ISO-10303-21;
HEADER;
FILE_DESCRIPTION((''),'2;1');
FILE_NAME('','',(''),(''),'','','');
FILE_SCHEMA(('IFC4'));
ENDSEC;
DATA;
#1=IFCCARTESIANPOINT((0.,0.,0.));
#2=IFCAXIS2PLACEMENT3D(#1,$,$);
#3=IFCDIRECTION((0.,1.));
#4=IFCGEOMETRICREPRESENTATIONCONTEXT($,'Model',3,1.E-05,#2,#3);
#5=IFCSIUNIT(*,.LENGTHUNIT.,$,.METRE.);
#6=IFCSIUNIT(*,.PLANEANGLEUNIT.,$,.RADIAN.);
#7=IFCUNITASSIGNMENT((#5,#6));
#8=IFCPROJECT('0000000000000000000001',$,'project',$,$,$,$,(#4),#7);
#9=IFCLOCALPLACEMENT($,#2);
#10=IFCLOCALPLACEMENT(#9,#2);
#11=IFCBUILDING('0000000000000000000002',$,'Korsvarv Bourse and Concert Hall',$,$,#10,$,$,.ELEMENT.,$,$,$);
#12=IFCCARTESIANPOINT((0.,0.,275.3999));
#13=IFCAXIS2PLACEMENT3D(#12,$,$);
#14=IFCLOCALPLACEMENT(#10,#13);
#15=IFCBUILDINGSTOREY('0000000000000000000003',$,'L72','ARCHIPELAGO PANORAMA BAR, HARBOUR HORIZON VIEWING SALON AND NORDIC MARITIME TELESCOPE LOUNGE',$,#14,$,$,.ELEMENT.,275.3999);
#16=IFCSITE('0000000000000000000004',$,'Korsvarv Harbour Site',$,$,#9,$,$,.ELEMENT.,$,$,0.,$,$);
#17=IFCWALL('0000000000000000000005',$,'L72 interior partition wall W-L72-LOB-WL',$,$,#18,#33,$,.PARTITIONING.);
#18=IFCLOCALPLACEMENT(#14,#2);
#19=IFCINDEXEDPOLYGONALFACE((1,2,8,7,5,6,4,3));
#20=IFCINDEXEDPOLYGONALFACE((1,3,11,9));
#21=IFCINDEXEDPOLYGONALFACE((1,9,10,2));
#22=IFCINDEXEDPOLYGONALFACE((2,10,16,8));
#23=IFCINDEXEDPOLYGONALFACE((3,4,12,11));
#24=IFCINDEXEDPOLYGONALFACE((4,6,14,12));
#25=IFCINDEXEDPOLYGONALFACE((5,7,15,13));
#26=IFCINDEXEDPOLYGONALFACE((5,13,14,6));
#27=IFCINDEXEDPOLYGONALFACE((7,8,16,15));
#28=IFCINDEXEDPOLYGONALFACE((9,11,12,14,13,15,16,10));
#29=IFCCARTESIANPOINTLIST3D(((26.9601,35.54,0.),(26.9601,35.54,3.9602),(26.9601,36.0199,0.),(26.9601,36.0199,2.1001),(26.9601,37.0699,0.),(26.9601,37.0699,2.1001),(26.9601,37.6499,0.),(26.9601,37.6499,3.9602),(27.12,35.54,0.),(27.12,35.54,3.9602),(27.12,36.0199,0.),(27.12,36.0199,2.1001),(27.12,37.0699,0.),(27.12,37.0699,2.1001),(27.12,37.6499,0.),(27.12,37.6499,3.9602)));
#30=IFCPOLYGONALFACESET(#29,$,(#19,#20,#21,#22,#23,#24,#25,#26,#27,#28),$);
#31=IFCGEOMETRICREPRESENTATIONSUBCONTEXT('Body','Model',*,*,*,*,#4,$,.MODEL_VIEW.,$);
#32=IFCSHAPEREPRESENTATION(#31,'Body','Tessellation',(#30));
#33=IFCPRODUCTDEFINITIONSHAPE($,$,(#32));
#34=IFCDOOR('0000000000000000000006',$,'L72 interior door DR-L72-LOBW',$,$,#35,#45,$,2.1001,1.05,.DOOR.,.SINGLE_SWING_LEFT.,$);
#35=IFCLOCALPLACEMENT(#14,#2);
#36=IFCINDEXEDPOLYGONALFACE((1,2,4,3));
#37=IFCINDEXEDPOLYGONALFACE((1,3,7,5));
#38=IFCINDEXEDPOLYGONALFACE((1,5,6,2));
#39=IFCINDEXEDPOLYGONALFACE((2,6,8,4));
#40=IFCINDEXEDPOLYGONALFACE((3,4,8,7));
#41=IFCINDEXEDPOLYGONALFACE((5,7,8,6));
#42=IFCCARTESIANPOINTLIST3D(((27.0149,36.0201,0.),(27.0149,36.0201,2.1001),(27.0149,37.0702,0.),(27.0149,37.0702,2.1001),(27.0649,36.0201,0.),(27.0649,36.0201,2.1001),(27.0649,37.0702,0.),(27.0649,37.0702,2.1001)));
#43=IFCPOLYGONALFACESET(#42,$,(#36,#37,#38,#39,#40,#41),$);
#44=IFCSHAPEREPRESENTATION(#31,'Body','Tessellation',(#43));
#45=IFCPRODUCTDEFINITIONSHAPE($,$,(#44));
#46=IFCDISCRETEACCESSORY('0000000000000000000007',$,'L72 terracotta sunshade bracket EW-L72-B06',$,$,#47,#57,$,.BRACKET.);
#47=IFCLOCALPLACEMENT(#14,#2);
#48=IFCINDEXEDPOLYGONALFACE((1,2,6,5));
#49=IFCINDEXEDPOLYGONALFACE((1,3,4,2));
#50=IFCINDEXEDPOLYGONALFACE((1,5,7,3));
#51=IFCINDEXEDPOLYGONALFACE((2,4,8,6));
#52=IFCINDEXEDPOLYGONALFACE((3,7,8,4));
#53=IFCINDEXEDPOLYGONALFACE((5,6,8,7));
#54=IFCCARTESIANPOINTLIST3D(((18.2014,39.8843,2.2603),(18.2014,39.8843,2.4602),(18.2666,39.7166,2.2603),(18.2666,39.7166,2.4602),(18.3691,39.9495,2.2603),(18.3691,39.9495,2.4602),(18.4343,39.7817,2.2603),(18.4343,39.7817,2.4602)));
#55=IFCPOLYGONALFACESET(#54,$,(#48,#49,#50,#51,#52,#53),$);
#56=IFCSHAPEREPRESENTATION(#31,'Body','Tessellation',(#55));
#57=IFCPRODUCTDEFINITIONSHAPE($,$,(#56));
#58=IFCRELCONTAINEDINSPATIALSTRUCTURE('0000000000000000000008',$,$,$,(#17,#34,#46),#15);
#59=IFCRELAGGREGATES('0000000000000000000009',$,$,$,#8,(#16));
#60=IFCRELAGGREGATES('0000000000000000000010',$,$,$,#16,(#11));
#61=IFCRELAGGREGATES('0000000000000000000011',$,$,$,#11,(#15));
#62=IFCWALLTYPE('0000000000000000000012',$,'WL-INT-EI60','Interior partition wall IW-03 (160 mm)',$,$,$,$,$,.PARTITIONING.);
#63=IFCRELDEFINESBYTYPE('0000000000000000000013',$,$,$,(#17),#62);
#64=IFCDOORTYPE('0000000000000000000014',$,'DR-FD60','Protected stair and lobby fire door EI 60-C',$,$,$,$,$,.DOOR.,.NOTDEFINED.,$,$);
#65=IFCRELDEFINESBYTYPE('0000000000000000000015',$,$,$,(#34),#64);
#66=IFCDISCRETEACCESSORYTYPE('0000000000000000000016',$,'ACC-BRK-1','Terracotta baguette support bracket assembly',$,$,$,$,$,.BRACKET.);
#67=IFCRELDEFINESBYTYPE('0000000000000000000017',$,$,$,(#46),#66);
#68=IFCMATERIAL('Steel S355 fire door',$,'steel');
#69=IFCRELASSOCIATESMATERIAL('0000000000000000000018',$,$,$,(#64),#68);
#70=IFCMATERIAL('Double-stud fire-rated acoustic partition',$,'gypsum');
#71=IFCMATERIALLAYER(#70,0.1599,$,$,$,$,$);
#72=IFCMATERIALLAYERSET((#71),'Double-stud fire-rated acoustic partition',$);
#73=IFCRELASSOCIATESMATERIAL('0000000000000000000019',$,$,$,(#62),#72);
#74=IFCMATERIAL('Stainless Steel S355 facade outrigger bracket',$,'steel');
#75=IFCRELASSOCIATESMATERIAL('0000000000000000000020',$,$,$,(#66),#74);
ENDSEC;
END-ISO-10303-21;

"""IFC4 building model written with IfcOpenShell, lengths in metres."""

from ifc_helpers import new_model, si_unit, direction, frame, frame_2d, origin, origin_2d, place, context, subcontext, project, spatial, rectangle, extrude, source, transform, mapped, material, layer, layer_set, type_object, element, fill, save


model = new_model("IFC4")

# Units and contexts
model_context = context("Model", 3, precision=1e-05, world=origin(), true_north=direction((0.0, 1.0)))
body_context = subcontext(model_context, "Body", "Model", "MODEL_VIEW")
ifc_project = project(units=[si_unit("LENGTHUNIT", "METRE"), si_unit("PLANEANGLEUNIT", "RADIAN")], contexts=[model_context])

# Site, building, storey
site_placement = place(None, origin())
site = spatial("IfcSite", under=ifc_project, at=site_placement, Name="Korsvarv Harbour Site", CompositionType="ELEMENT", RefElevation=0.0)
building_placement = place(site_placement, origin())
building = spatial("IfcBuilding", under=site, at=building_placement, Name="Korsvarv Bourse and Concert Hall", CompositionType="ELEMENT")
storey_placement = place(building_placement, frame((0.0, 0.0, 275.3999)))
storey = spatial("IfcBuildingStorey", under=building, at=storey_placement, Name="L72", Description="ARCHIPELAGO PANORAMA BAR, HARBOUR HORIZON VIEWING SALON AND NORDIC MARITIME TELESCOPE LOUNGE", CompositionType="ELEMENT", Elevation=275.3999)

# Shared definitions
ifc_material_1 = material(Name="Steel S355 fire door", Category="steel")
door_type_1 = type_object("IfcDoorType", Name="DR-FD60", Description="Protected stair and lobby fire door EI 60-C", OperationType="NOTDEFINED", PredefinedType="DOOR", material=ifc_material_1)

# Shared definitions
ifc_material_2 = material(Name="Double-stud fire-rated acoustic partition", Category="gypsum")
ifc_layer_1 = layer(ifc_material_2, 0.1599)
ifc_layer_set_1 = layer_set([ifc_layer_1], Name="Double-stud fire-rated acoustic partition")
wall_type_1 = type_object("IfcWallType", Name="WL-INT-EI60", Description="Interior partition wall IW-03 (160 mm)", PredefinedType="PARTITIONING", material=ifc_layer_set_1)

# Wall, opening, door
wall_1_placement = place(storey_placement, frame((27.04, 35.54, 0.0), z_axis=(0.0, 0.0, 1.0), x_axis=(0.0, 1.0, 0.0)))
wall_1 = element("IfcWall", 1, at=wall_1_placement, inside=storey, type_object=wall_type_1, Name="L72 interior partition wall W-L72-LOB-WL", PredefinedType="PARTITIONING", context=body_context, shape_type="SweptSolid", body=[
    extrude(rectangle(XDim=2.1099, YDim=0.1599, at=frame_2d((1.0549, 0.0))), origin(), (0.0, 0.0, 1.0), 3.9602),
])
opening_1_placement = place(wall_1_placement, frame((0.48, 0.0, 0.0)))
opening_1 = element("IfcOpeningElement", 2, at=opening_1_placement, cuts=wall_1, PredefinedType="OPENING", context=body_context, shape_type="SweptSolid", body=[
    extrude(rectangle(XDim=1.05, YDim=2.1001, at=frame_2d((0.5249, 1.05))), frame((0.0, 0.0898, 0.0), z_axis=(0.0, -1.0, 0.0), x_axis=(1.0, 0.0, 0.0)), (0.0, 0.0, 1.0), 0.1799),
])
door_1_placement = place(opening_1_placement, frame((1.05, 0.0, 0.0), z_axis=(0.0, 0.0, 1.0), x_axis=(-1.0, 0.0, 0.0)))
door_1 = element("IfcDoor", 3, at=door_1_placement, inside=storey, type_object=door_type_1, Name="L72 interior door DR-L72-LOBW", OperationType="SINGLE_SWING_LEFT", OverallHeight=2.1001, OverallWidth=1.05, PredefinedType="DOOR", context=body_context, shape_type="SweptSolid", body=[
    extrude(rectangle(XDim=1.05, YDim=2.1001, at=frame_2d((0.5249, 1.05))), frame((0.0, 0.0249, 0.0), z_axis=(0.0, -1.0, 0.0), x_axis=(1.0, 0.0, 0.0)), (0.0, 0.0, 1.0), 0.05),
])
fill(opening_1, door_1)

# Discrete accessory
ifc_material_3 = material(Name="Stainless Steel S355 facade outrigger bracket", Category="steel")
discrete_accessory_type = type_object("IfcDiscreteAccessoryType", Name="ACC-BRK-1", Description="Terracotta baguette support bracket assembly", PredefinedType="BRACKET", material=ifc_material_3)
shared_shape_1 = source(origin(), body_context, "Body", "SweptSolid", [
    extrude(rectangle(XDim=0.1799, YDim=0.1799, at=origin_2d()), origin(), (0.0, 0.0, 1.0), 0.2),
])
discrete_accessory_placement = place(storey_placement, frame((18.3179, 39.833, 2.2603), z_axis=(0.0, 0.0, 1.0), x_axis=(0.362275, -0.932071, 0.0)))
element("IfcDiscreteAccessory", 4, at=discrete_accessory_placement, inside=storey, type_object=discrete_accessory_type, Name="L72 terracotta sunshade bracket EW-L72-B06", PredefinedType="BRACKET", context=body_context, shape_type="MappedRepresentation", body=[
    mapped(shared_shape_1, transform((0.0, 0.0, 0.0), scale=1.0)),
])

save(model, "model.ifc")
